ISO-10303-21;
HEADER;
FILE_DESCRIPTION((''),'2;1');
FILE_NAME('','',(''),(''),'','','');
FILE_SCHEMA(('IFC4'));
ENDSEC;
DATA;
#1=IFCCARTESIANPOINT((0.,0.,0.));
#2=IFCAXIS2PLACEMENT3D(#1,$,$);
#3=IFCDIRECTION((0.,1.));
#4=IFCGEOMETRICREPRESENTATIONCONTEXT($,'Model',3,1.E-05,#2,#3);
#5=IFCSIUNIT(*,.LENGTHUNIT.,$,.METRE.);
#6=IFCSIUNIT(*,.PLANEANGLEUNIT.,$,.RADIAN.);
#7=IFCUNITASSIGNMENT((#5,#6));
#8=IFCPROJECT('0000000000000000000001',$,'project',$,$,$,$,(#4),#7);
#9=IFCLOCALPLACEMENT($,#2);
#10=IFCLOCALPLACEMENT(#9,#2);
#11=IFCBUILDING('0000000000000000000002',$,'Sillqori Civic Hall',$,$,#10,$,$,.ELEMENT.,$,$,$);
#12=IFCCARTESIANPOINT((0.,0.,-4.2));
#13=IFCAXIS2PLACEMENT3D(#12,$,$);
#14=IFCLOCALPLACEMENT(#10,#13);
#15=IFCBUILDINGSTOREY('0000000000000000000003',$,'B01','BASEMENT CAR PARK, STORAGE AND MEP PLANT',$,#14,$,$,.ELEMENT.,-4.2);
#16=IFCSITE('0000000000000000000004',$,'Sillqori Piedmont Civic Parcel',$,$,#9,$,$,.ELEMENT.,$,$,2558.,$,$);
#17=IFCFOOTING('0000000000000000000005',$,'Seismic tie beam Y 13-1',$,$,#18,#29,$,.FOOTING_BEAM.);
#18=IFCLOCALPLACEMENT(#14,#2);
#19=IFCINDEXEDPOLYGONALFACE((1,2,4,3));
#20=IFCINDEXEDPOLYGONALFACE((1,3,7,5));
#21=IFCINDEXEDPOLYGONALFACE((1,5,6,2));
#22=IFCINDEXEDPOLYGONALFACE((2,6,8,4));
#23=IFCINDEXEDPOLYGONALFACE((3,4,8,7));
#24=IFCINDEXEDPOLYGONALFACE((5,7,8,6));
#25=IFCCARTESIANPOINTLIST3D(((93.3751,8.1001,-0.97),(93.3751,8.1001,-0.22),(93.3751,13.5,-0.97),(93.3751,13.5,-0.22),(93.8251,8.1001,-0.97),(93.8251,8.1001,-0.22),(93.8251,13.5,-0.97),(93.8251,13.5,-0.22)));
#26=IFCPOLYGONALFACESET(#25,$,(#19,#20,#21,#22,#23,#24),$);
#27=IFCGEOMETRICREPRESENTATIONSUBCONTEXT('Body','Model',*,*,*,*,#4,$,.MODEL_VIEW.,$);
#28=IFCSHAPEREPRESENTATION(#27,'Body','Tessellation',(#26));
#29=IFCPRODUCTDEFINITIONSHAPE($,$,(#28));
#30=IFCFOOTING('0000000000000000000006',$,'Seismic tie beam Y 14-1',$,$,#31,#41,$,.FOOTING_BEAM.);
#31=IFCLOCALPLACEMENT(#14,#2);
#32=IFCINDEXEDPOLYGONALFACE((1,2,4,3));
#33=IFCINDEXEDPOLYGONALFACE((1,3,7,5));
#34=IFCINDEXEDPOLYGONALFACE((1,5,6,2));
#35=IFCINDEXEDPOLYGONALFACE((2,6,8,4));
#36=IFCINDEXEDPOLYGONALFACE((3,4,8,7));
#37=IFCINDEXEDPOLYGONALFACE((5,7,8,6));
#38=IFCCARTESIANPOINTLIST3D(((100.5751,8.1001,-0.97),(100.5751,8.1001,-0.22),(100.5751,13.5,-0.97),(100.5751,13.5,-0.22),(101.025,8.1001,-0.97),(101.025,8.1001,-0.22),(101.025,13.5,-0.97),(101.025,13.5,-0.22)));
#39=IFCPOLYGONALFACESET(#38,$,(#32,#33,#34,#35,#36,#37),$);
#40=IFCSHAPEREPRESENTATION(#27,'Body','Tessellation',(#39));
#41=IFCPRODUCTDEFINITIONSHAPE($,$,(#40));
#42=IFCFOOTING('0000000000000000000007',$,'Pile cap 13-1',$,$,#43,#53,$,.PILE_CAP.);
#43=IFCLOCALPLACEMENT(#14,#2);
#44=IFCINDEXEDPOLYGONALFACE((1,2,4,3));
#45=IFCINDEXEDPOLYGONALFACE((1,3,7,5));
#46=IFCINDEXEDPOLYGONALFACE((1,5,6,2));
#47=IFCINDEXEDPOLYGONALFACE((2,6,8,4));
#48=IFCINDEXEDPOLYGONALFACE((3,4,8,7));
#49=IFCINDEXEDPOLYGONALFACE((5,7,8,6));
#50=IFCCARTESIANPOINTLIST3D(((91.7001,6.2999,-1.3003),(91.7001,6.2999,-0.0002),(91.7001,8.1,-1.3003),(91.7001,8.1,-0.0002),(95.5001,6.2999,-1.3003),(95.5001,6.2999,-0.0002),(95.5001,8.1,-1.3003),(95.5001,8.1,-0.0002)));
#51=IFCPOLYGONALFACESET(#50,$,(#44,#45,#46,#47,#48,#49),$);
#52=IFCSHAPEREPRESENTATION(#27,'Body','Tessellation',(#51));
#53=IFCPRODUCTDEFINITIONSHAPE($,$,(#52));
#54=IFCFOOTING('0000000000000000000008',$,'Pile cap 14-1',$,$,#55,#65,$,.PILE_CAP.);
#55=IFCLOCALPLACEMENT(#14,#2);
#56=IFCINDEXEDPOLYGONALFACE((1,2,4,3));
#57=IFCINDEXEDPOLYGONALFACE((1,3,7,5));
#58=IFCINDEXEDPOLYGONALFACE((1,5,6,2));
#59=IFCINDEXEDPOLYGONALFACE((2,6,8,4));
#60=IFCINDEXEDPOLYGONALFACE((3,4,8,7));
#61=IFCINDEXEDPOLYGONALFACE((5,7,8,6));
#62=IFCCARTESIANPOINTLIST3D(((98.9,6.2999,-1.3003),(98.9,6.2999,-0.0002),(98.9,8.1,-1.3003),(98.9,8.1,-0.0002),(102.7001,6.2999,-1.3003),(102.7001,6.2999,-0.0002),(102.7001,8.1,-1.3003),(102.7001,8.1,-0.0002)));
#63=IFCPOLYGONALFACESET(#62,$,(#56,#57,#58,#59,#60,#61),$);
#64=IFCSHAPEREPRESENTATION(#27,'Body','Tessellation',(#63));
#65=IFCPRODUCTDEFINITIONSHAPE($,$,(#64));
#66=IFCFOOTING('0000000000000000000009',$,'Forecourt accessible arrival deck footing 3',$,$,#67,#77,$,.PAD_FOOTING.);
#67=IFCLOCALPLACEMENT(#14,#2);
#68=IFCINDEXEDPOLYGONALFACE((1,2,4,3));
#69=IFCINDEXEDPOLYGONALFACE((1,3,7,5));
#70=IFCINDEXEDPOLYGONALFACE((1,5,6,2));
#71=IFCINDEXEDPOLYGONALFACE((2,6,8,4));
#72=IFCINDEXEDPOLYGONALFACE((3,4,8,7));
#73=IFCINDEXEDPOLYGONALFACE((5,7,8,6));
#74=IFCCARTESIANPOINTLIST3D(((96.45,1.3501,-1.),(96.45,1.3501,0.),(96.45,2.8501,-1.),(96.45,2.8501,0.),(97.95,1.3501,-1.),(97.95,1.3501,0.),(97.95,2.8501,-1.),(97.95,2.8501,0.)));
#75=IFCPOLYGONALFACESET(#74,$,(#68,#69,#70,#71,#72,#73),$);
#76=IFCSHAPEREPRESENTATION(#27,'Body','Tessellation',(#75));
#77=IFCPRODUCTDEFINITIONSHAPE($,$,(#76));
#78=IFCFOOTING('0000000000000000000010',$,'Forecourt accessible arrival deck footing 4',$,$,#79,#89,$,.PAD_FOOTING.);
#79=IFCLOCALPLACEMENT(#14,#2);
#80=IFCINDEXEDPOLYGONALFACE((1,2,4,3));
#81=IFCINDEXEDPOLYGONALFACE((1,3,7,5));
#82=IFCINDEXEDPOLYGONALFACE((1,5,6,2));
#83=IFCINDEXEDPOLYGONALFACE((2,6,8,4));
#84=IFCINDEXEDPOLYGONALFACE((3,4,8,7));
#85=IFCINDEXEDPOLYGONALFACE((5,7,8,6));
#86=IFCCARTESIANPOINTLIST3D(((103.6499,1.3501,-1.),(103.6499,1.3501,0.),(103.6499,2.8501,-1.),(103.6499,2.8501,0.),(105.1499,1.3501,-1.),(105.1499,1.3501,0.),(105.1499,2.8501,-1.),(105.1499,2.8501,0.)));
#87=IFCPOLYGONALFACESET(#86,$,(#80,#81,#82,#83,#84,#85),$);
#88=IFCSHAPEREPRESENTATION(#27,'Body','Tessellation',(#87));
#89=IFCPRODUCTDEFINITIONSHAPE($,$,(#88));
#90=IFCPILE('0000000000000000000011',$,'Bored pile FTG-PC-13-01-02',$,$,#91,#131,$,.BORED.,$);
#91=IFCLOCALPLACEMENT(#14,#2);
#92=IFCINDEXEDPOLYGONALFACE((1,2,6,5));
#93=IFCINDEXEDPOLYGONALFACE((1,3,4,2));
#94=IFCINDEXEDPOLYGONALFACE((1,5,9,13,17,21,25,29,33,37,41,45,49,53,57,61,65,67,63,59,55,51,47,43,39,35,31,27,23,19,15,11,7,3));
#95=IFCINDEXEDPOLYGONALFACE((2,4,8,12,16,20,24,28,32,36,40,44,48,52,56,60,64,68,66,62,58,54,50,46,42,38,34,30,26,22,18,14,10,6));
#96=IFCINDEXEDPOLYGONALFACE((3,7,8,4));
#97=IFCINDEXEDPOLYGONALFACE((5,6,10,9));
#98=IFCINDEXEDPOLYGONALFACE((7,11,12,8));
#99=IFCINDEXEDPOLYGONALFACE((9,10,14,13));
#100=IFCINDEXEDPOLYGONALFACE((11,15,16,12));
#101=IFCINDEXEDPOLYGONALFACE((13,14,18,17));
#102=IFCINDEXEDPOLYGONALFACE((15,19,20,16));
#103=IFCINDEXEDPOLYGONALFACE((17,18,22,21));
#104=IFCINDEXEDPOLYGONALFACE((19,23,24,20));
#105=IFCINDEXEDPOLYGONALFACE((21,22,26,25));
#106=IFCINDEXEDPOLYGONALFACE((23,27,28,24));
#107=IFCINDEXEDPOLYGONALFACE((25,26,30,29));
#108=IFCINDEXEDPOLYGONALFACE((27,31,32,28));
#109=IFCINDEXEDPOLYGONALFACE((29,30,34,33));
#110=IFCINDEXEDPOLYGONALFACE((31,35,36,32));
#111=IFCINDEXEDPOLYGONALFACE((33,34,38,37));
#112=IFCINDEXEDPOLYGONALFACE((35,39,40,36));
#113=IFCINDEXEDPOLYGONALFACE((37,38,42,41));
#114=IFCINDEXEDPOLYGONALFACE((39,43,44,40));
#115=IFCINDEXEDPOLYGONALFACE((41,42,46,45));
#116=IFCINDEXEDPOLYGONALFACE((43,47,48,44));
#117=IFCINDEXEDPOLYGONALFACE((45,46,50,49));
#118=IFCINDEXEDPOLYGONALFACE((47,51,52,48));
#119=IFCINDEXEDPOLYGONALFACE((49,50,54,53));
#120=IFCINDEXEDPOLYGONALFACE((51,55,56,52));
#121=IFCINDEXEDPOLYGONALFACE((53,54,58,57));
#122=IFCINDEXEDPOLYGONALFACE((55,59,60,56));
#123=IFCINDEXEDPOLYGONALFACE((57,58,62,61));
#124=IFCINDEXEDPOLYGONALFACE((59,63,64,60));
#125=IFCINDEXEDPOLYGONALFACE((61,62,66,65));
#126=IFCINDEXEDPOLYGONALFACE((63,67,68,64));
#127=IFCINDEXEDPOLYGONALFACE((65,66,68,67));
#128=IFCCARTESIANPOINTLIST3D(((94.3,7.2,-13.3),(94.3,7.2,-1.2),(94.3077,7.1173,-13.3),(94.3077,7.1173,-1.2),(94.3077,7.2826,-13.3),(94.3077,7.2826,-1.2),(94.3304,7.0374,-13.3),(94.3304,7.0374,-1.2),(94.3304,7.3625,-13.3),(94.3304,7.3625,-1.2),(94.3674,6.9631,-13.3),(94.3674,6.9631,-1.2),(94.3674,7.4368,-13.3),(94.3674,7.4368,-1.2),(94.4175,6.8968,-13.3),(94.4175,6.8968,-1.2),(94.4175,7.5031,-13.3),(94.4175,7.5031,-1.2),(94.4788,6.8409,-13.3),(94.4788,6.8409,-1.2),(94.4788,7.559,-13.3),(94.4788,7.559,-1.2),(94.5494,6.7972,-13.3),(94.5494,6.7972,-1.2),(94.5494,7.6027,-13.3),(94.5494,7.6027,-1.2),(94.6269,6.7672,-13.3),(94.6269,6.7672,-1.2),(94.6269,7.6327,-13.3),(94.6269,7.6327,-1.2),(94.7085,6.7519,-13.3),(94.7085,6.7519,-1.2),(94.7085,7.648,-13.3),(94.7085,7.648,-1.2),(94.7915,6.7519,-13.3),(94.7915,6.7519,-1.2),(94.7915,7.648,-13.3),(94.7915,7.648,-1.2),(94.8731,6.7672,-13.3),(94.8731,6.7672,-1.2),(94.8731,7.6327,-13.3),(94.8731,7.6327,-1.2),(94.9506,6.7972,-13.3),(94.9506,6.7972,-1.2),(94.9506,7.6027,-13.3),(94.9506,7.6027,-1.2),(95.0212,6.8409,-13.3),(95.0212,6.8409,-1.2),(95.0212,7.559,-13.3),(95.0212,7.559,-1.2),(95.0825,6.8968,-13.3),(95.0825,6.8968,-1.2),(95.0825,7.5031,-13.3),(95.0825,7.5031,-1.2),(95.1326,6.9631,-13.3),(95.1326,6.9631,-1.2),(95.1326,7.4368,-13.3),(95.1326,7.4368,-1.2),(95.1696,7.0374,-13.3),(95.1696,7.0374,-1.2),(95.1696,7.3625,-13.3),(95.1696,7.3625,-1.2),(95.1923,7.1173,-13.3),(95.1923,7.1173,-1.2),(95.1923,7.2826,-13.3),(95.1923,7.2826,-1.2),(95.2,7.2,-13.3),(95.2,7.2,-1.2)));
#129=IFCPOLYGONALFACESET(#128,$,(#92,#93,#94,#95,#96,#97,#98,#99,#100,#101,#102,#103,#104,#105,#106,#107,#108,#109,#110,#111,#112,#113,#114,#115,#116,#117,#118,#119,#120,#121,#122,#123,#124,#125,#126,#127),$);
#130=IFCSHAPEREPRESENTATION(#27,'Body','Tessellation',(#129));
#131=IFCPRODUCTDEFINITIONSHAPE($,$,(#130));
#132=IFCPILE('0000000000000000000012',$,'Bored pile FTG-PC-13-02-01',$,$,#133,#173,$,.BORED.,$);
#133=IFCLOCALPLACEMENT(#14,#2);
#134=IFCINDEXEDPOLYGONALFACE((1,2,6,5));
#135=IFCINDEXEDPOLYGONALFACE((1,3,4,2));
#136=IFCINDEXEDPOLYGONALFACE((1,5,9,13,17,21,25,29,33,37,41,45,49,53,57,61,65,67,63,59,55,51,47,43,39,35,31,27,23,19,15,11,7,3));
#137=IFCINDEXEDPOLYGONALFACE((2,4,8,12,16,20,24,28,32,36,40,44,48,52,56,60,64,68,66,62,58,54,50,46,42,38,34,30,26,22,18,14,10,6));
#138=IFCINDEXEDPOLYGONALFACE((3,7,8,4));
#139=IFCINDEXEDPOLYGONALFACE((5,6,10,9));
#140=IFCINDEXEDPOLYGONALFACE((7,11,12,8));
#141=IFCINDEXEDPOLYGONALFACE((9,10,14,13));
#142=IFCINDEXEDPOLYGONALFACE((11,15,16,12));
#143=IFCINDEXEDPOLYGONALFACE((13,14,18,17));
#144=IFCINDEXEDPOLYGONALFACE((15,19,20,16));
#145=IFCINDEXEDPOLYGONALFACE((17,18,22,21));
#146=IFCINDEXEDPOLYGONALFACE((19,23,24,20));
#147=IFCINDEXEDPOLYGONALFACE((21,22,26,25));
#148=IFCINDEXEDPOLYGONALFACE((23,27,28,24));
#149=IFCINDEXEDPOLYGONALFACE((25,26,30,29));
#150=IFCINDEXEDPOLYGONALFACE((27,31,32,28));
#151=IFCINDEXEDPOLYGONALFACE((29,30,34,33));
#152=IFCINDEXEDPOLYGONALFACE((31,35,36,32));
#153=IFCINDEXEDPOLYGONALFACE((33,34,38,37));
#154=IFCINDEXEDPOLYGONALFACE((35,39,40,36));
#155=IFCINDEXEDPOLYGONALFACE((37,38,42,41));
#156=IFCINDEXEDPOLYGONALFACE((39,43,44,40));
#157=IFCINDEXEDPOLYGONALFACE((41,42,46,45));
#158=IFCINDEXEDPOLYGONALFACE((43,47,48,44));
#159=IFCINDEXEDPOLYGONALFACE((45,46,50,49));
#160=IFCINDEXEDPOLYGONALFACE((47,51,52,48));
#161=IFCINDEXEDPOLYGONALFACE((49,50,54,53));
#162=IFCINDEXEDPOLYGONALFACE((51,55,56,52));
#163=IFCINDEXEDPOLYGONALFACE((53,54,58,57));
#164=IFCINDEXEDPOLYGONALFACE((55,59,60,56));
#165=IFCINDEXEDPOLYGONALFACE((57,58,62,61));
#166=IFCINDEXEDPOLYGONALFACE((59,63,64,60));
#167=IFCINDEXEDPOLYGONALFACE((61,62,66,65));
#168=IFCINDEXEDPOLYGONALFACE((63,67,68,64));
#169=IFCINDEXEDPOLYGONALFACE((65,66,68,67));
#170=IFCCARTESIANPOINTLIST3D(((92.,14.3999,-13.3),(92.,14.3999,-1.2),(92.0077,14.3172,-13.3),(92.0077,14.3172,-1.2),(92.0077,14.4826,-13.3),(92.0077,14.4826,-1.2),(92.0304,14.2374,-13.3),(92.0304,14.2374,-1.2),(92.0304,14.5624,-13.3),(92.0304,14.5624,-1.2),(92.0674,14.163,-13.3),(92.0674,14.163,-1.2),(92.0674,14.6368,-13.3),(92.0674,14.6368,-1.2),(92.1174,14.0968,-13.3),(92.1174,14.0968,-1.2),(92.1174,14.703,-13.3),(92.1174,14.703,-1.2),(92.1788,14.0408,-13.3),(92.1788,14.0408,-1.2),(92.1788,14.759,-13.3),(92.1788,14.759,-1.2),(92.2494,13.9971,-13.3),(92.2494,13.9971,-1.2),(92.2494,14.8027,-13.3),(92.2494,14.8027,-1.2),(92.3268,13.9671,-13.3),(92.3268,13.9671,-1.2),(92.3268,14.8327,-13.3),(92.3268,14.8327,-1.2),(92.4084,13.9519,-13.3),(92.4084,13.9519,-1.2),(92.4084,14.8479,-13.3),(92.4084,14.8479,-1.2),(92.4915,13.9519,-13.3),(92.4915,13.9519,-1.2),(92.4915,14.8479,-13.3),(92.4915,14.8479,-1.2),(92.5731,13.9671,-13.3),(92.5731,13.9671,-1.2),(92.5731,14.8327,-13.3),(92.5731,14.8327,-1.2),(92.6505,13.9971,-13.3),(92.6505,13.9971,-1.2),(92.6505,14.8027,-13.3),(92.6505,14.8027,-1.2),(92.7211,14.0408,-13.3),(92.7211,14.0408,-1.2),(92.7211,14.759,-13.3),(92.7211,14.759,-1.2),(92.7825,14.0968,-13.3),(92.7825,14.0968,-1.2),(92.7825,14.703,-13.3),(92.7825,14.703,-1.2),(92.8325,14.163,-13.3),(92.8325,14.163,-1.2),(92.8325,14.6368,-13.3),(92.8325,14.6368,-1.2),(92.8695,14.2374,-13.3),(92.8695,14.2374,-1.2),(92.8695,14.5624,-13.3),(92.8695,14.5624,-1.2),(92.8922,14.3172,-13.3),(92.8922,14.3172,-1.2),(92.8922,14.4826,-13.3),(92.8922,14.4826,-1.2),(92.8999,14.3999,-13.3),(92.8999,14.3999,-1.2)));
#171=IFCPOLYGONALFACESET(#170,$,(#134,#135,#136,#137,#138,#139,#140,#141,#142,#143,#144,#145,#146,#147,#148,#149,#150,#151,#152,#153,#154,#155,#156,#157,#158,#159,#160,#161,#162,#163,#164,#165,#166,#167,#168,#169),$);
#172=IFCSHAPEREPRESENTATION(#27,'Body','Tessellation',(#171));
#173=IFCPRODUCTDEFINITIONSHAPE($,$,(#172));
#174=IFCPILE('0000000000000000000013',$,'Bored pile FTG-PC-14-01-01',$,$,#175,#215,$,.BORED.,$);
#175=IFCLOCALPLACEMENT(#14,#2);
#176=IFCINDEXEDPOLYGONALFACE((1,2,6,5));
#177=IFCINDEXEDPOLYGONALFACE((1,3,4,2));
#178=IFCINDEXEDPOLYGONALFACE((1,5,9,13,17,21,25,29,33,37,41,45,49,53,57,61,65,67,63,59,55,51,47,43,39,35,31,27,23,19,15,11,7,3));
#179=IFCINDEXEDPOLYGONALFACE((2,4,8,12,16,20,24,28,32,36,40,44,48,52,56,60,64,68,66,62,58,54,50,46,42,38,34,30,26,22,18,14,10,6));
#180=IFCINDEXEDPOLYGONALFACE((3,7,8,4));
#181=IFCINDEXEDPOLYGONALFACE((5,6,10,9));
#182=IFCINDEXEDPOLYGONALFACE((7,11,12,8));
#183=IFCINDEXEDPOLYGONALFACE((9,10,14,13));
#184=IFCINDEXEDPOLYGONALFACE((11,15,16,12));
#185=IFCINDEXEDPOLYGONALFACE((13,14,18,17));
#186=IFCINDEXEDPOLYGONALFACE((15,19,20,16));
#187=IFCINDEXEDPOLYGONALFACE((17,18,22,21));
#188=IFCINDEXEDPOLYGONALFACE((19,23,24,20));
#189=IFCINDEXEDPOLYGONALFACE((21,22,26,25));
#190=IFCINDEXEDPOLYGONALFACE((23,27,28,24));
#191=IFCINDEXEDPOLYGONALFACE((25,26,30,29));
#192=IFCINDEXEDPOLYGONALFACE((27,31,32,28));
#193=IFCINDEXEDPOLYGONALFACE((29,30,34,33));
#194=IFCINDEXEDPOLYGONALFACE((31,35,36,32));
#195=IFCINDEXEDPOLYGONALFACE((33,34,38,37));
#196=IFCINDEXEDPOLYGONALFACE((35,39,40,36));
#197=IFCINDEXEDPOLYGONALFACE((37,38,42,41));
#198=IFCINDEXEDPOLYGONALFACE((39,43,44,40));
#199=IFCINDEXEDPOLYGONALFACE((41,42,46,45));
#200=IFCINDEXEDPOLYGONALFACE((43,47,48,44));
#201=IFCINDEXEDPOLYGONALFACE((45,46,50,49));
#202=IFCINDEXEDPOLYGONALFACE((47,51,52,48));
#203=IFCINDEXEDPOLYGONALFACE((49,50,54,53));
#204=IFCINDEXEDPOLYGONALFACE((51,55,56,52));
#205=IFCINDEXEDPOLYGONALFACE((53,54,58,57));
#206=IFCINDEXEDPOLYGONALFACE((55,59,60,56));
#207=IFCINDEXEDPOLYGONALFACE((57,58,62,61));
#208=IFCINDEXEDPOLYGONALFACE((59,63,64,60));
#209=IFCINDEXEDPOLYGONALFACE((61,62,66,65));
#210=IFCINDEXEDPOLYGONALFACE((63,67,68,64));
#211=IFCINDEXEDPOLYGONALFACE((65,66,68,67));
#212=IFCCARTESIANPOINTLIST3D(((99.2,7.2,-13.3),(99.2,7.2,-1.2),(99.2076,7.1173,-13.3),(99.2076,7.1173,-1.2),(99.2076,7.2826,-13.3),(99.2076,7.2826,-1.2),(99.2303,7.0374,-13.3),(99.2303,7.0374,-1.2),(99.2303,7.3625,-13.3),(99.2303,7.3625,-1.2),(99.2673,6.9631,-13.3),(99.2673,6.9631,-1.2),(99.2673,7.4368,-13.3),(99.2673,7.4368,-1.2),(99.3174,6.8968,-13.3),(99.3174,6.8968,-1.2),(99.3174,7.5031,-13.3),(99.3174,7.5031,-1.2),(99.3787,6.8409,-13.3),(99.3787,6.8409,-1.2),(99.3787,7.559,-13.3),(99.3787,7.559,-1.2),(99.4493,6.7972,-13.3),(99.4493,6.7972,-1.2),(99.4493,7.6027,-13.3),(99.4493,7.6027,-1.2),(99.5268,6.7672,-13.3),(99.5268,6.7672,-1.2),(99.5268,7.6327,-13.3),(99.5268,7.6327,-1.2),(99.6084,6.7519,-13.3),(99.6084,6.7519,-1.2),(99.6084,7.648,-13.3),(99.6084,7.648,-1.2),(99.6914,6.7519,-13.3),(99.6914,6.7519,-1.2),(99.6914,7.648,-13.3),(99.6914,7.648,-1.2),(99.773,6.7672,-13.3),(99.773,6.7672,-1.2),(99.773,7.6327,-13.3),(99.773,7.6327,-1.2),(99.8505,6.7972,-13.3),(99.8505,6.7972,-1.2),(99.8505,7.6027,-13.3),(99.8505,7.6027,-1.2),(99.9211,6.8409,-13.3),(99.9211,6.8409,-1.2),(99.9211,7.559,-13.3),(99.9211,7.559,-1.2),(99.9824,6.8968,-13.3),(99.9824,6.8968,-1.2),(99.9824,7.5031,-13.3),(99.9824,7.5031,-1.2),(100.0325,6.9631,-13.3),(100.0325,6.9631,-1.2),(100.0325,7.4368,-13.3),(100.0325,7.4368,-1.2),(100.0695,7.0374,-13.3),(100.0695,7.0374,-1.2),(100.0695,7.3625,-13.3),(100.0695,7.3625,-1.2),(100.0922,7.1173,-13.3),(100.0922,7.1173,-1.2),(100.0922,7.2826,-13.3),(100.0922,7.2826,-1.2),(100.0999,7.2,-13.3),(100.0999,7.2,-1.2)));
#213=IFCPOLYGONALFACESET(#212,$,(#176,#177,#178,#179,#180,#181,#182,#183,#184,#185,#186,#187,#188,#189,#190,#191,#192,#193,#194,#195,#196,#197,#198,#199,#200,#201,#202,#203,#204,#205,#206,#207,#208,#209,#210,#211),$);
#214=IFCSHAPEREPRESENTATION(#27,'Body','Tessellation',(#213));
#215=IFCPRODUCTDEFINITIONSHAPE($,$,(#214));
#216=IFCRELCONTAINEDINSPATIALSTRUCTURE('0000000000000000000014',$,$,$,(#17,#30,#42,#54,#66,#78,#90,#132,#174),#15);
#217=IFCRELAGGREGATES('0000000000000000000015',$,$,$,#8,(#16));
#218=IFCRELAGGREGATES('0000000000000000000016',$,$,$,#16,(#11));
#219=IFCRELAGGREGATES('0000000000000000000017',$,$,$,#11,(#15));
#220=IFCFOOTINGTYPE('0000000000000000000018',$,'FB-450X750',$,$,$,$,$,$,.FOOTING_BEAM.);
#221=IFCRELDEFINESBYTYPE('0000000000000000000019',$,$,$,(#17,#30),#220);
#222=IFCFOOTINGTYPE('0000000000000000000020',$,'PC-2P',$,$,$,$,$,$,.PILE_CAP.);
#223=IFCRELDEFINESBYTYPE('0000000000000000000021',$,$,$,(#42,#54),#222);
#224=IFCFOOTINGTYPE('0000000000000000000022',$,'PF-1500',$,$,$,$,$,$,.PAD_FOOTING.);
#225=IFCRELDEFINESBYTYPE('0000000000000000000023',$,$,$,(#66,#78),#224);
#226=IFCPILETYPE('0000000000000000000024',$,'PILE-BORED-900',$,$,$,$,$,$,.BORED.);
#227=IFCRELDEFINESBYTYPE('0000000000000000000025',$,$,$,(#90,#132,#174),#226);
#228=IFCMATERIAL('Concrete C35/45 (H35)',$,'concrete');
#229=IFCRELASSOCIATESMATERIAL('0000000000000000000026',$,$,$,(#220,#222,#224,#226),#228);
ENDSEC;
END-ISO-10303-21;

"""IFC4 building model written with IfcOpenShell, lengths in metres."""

from ifc_helpers import new_model, si_unit, direction, frame, origin, origin_2d, place, context, subcontext, project, spatial, rectangle, circle, extrude, material, material_profile, profile_set, type_object, element, save


model = new_model("IFC4")

# Units and contexts
model_context = context("Model", 3, precision=1e-05, world=origin(), true_north=direction((0.0, 1.0)))
body_context = subcontext(model_context, "Body", "Model", "MODEL_VIEW")
ifc_project = project(units=[si_unit("LENGTHUNIT", "METRE"), si_unit("PLANEANGLEUNIT", "RADIAN")], contexts=[model_context])

# Site, building, storey
site_placement = place(None, origin())
site = spatial("IfcSite", under=ifc_project, at=site_placement, Name="Sillqori Piedmont Civic Parcel", CompositionType="ELEMENT", RefElevation=2558.0)
building_placement = place(site_placement, origin())
building = spatial("IfcBuilding", under=site, at=building_placement, Name="Sillqori Civic Hall", CompositionType="ELEMENT")
storey_placement = place(building_placement, frame((0.0, 0.0, -4.2)))
storey = spatial("IfcBuildingStorey", under=building, at=storey_placement, Name="B01", Description="BASEMENT CAR PARK, STORAGE AND MEP PLANT", CompositionType="ELEMENT", Elevation=-4.2)

# Footings
ifc_material = material(Name="Concrete C35/45 (H35)", Category="concrete")
footing_type_1 = type_object("IfcFootingType", Name="FB-450X750", PredefinedType="FOOTING_BEAM", material=ifc_material)
for number, where, z_axis, x_axis, name in (
    (1, (93.6001, 10.8, -0.97), (0.0, 0.0, 1.0), (1.0, 0.0, 0.0), "Seismic tie beam Y 13-1"),
    (2, (100.8, 10.8, -0.97), (0.0, 0.0, 1.0), (1.0, 0.0, 0.0), "Seismic tie beam Y 14-1"),
):
    element("IfcFooting", number, at=place(storey_placement, frame(where, z_axis=z_axis, x_axis=x_axis)), inside=storey, type_object=footing_type_1, Name=name, PredefinedType="FOOTING_BEAM", context=body_context, shape_type="SweptSolid", body=[
        extrude(rectangle(XDim=0.45, YDim=5.3999, at=origin_2d()), origin(), (0.0, 0.0, 1.0), 0.75),
    ])
footing_type_2 = type_object("IfcFootingType", Name="PC-2P", PredefinedType="PILE_CAP", material=ifc_material)
for number, where, z_axis, x_axis, name in (
    (3, (93.6001, 7.2, -1.3003), (0.0, 0.0, 1.0), (1.0, 0.0, 0.0), "Pile cap 13-1"),
    (4, (100.8, 7.2, -1.3003), (0.0, 0.0, 1.0), (1.0, 0.0, 0.0), "Pile cap 14-1"),
):
    element("IfcFooting", number, at=place(storey_placement, frame(where, z_axis=z_axis, x_axis=x_axis)), inside=storey, type_object=footing_type_2, Name=name, PredefinedType="PILE_CAP", context=body_context, shape_type="SweptSolid", body=[
        extrude(rectangle(XDim=3.8, YDim=1.8, at=origin_2d()), origin(), (0.0, 0.0, 1.0), 1.3),
    ])
footing_type_3 = type_object("IfcFootingType", Name="PF-1500", PredefinedType="PAD_FOOTING", material=ifc_material)
for number, where, z_axis, x_axis, name in (
    (5, (97.2, 2.1001, -1.0), (0.0, 0.0, 1.0), (1.0, 0.0, 0.0), "Forecourt accessible arrival deck footing 3"),
    (6, (104.3999, 2.1001, -1.0), (0.0, 0.0, 1.0), (1.0, 0.0, 0.0), "Forecourt accessible arrival deck footing 4"),
):
    element("IfcFooting", number, at=place(storey_placement, frame(where, z_axis=z_axis, x_axis=x_axis)), inside=storey, type_object=footing_type_3, Name=name, PredefinedType="PAD_FOOTING", context=body_context, shape_type="SweptSolid", body=[
        extrude(rectangle(XDim=1.5, YDim=1.5, at=origin_2d()), origin(), (0.0, 0.0, 1.0), 1.0),
    ])

# Piles
ifc_material_profile_1 = material_profile(ifc_material, circle(Radius=0.45, at=origin_2d()), Name="BORED PILE 900")
ifc_profile_set_1 = profile_set([ifc_material_profile_1], Name="Concrete C35/45 (H35)")
pile_type = type_object("IfcPileType", Name="PILE-BORED-900", PredefinedType="BORED", material=ifc_profile_set_1)
for number, where, z_axis, x_axis, name in (
    (7, (94.75, 7.2, -1.2), (0.0, 0.0, -1.0), (1.0, 0.0, 0.0), "Bored pile FTG-PC-13-01-02"),
    (8, (92.45, 14.3999, -1.2), (0.0, 0.0, -1.0), (1.0, 0.0, 0.0), "Bored pile FTG-PC-13-02-01"),
    (9, (99.6499, 7.2, -1.2), (0.0, 0.0, -1.0), (1.0, 0.0, 0.0), "Bored pile FTG-PC-14-01-01"),
):
    element("IfcPile", number, at=place(storey_placement, frame(where, z_axis=z_axis, x_axis=x_axis)), inside=storey, type_object=pile_type, Name=name, PredefinedType="BORED", context=body_context, shape_type="SweptSolid", body=[
        extrude(circle(Radius=0.45, at=origin_2d()), origin(), (0.0, 0.0, 1.0), 12.1001),
    ])

save(model, "model.ifc")
